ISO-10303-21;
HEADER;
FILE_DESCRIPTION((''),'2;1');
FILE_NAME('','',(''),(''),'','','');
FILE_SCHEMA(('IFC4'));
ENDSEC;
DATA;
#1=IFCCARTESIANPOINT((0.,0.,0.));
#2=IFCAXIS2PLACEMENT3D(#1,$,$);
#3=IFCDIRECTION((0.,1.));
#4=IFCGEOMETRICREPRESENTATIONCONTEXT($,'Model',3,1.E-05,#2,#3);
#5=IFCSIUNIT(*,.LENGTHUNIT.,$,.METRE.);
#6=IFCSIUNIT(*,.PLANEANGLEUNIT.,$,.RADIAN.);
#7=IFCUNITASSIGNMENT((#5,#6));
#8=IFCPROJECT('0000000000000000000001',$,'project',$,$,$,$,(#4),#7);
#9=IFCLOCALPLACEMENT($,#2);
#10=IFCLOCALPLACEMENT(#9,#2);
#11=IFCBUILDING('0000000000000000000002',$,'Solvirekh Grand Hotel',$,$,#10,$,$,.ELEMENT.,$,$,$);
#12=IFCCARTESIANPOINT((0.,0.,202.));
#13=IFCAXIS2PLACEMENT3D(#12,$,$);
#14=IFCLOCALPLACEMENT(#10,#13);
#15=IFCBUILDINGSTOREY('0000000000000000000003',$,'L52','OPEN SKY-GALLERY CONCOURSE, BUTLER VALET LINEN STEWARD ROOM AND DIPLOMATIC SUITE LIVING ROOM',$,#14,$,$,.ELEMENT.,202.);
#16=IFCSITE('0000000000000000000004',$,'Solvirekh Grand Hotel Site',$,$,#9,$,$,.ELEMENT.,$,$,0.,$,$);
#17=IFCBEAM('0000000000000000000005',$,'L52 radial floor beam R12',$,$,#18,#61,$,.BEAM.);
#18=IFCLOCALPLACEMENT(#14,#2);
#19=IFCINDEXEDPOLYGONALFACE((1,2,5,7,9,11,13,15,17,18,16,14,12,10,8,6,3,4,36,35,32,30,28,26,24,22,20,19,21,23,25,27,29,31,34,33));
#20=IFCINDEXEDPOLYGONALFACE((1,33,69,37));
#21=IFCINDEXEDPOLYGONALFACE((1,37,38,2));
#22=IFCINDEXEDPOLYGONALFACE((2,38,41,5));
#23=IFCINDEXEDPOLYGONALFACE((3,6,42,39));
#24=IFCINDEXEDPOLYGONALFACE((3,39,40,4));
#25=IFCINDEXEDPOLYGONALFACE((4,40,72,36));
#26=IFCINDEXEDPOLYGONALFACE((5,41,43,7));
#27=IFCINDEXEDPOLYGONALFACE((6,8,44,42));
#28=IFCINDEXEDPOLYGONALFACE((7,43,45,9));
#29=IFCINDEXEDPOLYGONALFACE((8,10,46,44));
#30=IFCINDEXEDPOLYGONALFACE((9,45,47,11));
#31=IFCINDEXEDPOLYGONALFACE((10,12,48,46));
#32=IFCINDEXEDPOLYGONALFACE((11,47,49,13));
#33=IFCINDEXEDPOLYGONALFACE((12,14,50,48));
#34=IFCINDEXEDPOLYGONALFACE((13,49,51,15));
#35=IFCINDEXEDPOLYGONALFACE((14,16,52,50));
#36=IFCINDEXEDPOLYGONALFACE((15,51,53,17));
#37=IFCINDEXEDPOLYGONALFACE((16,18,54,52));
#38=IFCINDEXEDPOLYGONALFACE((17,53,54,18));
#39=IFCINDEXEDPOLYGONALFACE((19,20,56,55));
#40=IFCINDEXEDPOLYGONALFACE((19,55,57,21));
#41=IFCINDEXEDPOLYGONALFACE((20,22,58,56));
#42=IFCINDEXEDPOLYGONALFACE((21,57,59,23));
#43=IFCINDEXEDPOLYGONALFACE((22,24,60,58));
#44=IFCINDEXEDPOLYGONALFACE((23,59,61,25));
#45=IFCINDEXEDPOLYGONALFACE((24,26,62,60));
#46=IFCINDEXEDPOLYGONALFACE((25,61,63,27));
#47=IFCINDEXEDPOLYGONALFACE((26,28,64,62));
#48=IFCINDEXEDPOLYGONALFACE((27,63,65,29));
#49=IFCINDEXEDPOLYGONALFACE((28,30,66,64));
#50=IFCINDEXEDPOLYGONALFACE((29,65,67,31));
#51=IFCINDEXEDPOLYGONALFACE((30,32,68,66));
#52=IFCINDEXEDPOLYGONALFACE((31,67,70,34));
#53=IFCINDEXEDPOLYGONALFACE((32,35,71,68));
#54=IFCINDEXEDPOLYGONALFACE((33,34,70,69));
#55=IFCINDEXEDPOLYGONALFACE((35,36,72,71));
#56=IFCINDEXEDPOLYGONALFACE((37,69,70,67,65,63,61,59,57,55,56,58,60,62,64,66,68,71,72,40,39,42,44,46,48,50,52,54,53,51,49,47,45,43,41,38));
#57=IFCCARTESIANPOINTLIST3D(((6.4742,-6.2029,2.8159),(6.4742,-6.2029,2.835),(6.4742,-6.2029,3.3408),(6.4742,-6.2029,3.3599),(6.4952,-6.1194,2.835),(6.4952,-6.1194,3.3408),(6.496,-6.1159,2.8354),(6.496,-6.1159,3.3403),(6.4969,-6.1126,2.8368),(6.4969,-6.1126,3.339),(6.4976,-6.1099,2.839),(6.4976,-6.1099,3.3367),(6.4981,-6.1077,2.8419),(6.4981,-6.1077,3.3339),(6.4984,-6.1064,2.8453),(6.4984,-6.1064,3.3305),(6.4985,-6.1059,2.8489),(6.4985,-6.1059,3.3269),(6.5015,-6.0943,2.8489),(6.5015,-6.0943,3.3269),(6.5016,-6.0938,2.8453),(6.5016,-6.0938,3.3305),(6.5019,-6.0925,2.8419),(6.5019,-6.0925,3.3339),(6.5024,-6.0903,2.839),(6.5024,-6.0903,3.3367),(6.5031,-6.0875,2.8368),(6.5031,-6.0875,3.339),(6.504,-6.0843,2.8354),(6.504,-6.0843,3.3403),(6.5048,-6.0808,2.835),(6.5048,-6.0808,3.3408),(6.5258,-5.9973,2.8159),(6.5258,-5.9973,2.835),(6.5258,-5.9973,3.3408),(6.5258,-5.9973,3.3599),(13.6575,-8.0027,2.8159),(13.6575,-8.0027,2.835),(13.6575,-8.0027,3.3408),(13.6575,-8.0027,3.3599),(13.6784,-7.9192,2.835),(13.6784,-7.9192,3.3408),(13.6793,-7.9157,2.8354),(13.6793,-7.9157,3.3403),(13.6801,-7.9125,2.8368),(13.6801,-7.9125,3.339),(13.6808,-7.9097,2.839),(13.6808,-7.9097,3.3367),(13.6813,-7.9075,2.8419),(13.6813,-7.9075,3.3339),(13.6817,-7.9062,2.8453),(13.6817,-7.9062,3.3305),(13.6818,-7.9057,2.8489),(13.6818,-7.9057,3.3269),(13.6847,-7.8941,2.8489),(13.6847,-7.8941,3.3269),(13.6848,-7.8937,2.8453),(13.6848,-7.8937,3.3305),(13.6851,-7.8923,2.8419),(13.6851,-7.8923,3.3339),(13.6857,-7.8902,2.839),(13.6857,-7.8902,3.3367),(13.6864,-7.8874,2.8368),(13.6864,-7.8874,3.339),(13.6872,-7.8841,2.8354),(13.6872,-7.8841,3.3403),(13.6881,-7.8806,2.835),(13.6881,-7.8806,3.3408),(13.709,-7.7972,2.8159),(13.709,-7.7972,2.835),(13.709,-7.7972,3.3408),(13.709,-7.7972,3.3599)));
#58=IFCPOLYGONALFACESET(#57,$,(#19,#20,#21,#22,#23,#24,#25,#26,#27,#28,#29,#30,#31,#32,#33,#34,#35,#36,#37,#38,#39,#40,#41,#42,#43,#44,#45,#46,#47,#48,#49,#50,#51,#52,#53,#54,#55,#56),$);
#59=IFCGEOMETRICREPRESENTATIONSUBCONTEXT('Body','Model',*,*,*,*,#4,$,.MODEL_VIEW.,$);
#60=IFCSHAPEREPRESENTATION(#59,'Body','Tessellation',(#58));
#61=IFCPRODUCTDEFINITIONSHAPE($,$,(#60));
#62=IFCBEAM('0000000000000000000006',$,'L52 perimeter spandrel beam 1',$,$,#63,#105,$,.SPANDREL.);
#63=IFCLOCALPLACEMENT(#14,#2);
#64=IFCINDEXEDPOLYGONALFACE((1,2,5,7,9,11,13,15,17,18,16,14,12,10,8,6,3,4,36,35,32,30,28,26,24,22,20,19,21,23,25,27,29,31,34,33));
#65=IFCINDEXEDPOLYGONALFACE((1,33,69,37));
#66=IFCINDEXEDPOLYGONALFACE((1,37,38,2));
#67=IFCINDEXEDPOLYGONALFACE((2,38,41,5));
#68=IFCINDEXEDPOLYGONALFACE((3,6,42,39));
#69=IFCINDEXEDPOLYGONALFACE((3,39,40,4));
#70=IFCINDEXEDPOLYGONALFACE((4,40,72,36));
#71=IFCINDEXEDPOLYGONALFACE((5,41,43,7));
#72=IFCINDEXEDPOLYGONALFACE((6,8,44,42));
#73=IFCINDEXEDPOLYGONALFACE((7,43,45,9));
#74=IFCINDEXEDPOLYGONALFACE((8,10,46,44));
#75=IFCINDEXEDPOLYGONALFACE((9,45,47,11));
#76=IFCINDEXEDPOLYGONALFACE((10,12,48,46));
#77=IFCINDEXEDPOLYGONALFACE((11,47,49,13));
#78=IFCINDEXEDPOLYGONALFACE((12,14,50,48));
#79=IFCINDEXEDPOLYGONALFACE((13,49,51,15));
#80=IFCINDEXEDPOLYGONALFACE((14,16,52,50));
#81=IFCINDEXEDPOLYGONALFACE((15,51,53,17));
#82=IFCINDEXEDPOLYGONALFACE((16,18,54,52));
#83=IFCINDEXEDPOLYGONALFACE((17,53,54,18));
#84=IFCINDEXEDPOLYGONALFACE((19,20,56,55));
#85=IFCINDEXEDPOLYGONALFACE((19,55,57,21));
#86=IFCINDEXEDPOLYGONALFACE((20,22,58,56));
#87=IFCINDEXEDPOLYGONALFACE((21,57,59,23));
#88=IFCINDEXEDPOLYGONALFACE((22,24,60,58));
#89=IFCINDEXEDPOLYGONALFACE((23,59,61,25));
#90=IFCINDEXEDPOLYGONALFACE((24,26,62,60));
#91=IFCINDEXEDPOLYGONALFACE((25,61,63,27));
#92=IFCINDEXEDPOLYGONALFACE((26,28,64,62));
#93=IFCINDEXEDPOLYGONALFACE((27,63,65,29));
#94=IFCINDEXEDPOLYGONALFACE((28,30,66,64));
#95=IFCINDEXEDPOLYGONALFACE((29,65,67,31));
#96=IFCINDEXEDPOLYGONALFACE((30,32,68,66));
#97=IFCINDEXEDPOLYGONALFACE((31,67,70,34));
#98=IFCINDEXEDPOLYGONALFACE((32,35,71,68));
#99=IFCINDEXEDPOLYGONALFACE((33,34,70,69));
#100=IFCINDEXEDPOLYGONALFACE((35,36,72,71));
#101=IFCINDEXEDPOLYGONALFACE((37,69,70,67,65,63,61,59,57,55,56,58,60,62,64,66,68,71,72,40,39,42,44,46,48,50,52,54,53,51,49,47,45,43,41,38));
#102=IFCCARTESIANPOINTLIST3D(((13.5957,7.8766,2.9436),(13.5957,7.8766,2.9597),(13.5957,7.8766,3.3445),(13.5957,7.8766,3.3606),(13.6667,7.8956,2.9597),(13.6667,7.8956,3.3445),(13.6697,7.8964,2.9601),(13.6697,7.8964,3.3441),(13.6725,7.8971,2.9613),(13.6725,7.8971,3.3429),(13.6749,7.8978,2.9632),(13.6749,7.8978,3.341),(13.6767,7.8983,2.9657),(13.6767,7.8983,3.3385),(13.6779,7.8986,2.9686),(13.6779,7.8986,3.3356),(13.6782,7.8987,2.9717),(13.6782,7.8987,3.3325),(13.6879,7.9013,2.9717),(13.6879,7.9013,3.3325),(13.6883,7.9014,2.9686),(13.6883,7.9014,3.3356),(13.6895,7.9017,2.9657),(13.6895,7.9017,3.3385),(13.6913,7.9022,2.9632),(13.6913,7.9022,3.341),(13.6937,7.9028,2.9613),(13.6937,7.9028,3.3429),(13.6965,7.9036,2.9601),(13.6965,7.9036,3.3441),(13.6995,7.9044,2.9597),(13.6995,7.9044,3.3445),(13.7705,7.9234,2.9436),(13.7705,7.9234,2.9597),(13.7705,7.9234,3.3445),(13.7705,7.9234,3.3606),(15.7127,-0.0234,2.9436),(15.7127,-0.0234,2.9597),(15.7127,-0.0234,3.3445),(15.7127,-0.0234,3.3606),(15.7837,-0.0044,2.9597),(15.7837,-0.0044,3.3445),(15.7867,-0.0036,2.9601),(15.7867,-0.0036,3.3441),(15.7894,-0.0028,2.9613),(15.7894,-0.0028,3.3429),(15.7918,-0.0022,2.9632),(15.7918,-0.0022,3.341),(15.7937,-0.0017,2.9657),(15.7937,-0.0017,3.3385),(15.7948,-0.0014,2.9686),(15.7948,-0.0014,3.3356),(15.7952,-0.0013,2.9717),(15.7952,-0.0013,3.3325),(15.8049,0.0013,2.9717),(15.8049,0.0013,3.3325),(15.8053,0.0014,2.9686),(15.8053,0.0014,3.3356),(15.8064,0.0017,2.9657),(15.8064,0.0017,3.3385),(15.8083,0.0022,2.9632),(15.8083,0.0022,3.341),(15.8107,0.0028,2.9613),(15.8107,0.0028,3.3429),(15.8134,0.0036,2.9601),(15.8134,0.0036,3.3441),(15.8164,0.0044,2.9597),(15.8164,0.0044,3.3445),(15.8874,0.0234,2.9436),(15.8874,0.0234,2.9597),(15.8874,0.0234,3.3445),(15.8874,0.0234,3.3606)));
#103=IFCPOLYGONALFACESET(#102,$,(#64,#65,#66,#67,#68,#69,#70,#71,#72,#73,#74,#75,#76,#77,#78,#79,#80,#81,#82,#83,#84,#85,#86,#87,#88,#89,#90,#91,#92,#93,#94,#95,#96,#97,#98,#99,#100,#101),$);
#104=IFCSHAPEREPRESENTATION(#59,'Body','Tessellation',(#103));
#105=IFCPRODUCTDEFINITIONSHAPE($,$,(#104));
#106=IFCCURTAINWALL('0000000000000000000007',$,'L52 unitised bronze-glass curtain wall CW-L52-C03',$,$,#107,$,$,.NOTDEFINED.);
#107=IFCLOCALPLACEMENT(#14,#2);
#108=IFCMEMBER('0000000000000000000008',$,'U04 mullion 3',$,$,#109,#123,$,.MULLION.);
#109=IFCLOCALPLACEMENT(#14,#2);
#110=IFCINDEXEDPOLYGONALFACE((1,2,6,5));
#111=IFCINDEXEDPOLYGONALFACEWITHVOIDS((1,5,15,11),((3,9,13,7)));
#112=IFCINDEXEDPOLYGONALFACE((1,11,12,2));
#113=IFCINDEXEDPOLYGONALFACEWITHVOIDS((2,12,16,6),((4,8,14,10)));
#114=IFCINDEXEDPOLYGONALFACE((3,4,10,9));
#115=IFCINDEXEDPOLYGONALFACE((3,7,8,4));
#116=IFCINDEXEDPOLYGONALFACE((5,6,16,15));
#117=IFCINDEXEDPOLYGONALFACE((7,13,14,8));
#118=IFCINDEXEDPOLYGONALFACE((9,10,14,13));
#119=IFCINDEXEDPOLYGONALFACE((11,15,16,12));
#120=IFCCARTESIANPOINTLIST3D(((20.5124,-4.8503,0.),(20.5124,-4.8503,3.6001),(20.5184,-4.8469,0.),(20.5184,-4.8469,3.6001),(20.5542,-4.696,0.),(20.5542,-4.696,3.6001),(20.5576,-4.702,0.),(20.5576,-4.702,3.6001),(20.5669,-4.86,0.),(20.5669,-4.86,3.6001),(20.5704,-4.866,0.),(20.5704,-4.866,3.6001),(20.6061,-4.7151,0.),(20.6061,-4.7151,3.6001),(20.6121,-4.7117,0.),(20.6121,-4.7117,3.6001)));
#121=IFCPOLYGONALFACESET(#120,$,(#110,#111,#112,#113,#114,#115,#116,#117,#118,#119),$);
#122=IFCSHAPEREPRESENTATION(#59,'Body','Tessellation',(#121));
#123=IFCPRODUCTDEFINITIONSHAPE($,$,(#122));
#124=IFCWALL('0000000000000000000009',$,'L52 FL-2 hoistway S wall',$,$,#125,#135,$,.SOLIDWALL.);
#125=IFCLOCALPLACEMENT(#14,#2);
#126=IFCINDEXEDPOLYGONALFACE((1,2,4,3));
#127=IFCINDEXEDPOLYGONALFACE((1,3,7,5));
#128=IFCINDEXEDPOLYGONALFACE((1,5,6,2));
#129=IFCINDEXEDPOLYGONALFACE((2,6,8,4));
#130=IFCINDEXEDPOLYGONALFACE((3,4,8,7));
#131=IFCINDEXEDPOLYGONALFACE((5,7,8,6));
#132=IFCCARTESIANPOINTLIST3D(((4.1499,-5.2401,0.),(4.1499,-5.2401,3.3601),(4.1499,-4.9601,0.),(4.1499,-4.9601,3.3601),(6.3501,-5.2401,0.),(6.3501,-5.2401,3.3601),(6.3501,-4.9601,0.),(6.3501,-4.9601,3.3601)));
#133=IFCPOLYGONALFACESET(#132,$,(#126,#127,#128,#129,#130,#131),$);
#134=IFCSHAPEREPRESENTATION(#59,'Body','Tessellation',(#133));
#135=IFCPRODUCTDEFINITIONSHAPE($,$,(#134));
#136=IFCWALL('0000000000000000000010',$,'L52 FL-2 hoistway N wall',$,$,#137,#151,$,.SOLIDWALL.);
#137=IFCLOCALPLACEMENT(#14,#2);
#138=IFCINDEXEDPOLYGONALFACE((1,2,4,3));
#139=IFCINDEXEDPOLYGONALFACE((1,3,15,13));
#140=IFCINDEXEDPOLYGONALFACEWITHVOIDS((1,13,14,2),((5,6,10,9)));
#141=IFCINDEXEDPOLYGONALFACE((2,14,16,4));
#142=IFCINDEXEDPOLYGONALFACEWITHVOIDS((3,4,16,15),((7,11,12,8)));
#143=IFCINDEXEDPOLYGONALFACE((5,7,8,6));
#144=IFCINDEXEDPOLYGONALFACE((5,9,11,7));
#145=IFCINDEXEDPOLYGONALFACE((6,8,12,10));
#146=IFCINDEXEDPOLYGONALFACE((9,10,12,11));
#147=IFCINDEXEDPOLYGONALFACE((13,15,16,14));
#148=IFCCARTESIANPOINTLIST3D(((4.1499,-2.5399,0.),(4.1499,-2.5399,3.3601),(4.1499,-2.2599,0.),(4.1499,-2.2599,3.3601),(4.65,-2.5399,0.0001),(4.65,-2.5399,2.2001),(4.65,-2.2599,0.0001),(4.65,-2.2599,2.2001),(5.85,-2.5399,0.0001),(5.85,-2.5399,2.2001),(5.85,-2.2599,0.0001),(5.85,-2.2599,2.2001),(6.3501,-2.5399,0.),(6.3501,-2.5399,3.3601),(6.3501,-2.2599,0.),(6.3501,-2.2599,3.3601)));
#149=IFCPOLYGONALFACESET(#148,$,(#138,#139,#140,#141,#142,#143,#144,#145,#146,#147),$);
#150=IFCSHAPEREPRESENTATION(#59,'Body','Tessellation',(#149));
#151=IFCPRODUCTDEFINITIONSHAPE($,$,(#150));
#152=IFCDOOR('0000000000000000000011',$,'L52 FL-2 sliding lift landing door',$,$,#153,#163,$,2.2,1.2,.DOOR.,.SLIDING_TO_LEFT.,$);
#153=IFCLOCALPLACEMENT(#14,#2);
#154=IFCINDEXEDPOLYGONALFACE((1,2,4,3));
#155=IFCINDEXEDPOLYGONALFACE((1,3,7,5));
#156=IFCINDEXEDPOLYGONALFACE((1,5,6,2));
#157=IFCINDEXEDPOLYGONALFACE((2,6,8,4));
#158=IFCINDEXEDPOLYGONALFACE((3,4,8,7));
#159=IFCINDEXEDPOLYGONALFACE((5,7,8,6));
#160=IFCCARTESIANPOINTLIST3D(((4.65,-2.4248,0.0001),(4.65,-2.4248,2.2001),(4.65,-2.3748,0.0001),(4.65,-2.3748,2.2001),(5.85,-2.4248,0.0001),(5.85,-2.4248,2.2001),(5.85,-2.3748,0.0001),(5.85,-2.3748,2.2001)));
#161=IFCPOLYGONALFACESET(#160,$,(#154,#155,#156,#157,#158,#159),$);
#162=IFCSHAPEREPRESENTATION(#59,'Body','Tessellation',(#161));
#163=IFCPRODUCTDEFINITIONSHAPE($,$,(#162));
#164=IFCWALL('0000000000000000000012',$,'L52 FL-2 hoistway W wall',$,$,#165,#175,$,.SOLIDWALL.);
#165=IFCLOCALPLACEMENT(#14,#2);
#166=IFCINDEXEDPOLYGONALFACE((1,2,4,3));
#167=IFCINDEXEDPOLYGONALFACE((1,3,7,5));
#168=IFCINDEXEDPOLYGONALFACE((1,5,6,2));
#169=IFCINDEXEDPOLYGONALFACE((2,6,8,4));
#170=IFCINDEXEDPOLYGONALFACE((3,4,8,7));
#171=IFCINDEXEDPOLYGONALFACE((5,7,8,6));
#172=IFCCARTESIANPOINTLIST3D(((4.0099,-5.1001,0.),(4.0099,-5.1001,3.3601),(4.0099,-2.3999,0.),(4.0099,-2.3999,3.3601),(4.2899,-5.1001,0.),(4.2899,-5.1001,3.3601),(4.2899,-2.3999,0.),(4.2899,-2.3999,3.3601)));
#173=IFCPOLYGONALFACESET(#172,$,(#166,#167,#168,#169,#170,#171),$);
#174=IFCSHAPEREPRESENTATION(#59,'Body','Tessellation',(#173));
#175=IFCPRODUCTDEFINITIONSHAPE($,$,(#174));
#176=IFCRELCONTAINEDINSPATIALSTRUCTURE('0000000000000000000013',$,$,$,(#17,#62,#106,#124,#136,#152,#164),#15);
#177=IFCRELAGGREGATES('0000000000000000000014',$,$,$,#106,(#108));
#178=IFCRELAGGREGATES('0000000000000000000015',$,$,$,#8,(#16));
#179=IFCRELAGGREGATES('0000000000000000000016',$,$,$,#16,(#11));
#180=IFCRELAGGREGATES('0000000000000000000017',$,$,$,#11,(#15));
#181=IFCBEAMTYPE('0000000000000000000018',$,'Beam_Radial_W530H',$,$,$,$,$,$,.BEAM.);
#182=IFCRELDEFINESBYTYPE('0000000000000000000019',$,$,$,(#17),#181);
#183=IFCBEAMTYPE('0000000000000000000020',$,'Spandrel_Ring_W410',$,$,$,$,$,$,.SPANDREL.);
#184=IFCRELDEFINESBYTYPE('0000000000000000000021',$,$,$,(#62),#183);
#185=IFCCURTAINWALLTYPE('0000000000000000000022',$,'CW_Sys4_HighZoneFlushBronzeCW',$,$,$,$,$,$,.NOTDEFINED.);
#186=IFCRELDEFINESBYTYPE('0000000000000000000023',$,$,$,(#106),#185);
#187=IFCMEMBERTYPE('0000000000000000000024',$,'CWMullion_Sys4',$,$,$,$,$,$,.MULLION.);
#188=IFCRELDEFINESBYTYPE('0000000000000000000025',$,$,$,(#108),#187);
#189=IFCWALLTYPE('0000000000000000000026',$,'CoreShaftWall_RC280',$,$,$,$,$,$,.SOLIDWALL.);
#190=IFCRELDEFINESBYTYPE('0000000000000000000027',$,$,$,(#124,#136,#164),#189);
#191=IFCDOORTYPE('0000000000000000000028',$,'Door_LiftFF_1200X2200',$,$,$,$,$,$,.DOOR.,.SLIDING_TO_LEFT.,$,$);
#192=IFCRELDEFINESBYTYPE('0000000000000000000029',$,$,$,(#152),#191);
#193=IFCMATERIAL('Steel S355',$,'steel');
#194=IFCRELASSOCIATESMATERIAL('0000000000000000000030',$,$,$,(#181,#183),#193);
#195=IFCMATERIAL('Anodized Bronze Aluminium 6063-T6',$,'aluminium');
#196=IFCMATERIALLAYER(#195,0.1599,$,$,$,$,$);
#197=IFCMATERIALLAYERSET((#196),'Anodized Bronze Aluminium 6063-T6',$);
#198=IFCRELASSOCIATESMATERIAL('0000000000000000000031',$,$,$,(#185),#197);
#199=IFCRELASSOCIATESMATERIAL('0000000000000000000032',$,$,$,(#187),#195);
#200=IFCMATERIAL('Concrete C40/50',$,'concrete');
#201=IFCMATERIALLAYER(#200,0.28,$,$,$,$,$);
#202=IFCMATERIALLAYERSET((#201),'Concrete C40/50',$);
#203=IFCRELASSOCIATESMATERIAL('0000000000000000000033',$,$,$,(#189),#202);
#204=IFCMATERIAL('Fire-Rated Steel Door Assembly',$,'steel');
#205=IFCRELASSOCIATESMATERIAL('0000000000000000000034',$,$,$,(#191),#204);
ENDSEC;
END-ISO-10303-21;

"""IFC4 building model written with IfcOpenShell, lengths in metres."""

from ifc_helpers import new_model, si_unit, direction, frame, frame_2d, origin, origin_2d, place, context, subcontext, project, spatial, rectangle, hollow_rectangle, i_section, extrude, source, transform, mapped, material, layer, layer_set, material_profile, profile_set, type_object, element, fill, aggregate, save


model = new_model("IFC4")

# Units and contexts
model_context = context("Model", 3, precision=1e-05, world=origin(), true_north=direction((0.0, 1.0)))
body_context = subcontext(model_context, "Body", "Model", "MODEL_VIEW")
ifc_project = project(units=[si_unit("LENGTHUNIT", "METRE"), si_unit("PLANEANGLEUNIT", "RADIAN")], contexts=[model_context])

# Site, building, storey
site_placement = place(None, origin())
site = spatial("IfcSite", under=ifc_project, at=site_placement, Name="Solvirekh Grand Hotel Site", CompositionType="ELEMENT", RefElevation=0.0)
building_placement = place(site_placement, origin())
building = spatial("IfcBuilding", under=site, at=building_placement, Name="Solvirekh Grand Hotel", CompositionType="ELEMENT")
storey_placement = place(building_placement, frame((0.0, 0.0, 202.0)))
storey = spatial("IfcBuildingStorey", under=building, at=storey_placement, Name="L52", Description="OPEN SKY-GALLERY CONCOURSE, BUTLER VALET LINEN STEWARD ROOM AND DIPLOMATIC SUITE LIVING ROOM", CompositionType="ELEMENT", Elevation=202.0)

# Beams
ifc_material_1 = material(Name="Steel S355", Category="steel")
ifc_material_profile_1 = material_profile(ifc_material_1, i_section(OverallWidth=0.2119, OverallDepth=0.5439, WebThickness=0.012, FlangeThickness=0.019, FilletRadius=0.0139, at=origin_2d()), Name="W530X123")
ifc_profile_set_1 = profile_set([ifc_material_profile_1], Name="Steel S355")
beam_type_1 = type_object("IfcBeamType", Name="Beam_Radial_W530H", PredefinedType="BEAM", material=ifc_profile_set_1)
beam_1_placement = place(storey_placement, frame((6.5, -6.1001, 3.0879), z_axis=(0.970014, -0.243048, 0.0), x_axis=(0.243048, 0.970014, 0.0)))
element("IfcBeam", 1, at=beam_1_placement, inside=storey, type_object=beam_type_1, Name="L52 radial floor beam R12", PredefinedType="BEAM", context=body_context, shape_type="SweptSolid", body=[
    extrude(i_section(OverallWidth=0.2119, OverallDepth=0.5439, WebThickness=0.012, FlangeThickness=0.019, FilletRadius=0.0139, at=origin_2d()), origin(), (0.0, 0.0, 1.0), 7.4053),
])
ifc_material_profile_2 = material_profile(ifc_material_1, i_section(OverallWidth=0.1809, OverallDepth=0.417, WebThickness=0.01, FlangeThickness=0.0161, FilletRadius=0.012, at=origin_2d()), Name="W410X85")
ifc_profile_set_2 = profile_set([ifc_material_profile_2], Name="Steel S355")
beam_type_2 = type_object("IfcBeamType", Name="Spandrel_Ring_W410", PredefinedType="SPANDREL", material=ifc_profile_set_2)
beam_2_placement = place(storey_placement, frame((15.8, 0.0, 3.1521), z_axis=(-0.258839, 0.965921, 0.0), x_axis=(-0.965921, -0.258839, 0.0)))
element("IfcBeam", 2, at=beam_2_placement, inside=storey, type_object=beam_type_2, Name="L52 perimeter spandrel beam 1", PredefinedType="SPANDREL", context=body_context, shape_type="SweptSolid", body=[
    extrude(i_section(OverallWidth=0.1809, OverallDepth=0.417, WebThickness=0.01, FlangeThickness=0.0161, FilletRadius=0.012, at=origin_2d()), origin(), (0.0, 0.0, 1.0), 8.1787),
])

# Curtain wall, member
ifc_material_2 = material(Name="Anodized Bronze Aluminium 6063-T6", Category="aluminium")
ifc_layer_1 = layer(ifc_material_2, 0.1599)
ifc_layer_set_1 = layer_set([ifc_layer_1], Name="Anodized Bronze Aluminium 6063-T6")
curtain_wall_type = type_object("IfcCurtainWallType", Name="CW_Sys4_HighZoneFlushBronzeCW", PredefinedType="NOTDEFINED", material=ifc_layer_set_1)
curtain_wall_placement = place(storey_placement, origin())
curtain_wall = element("IfcCurtainWall", 3, at=curtain_wall_placement, inside=storey, type_object=curtain_wall_type, Name="L52 unitised bronze-glass curtain wall CW-L52-C03", PredefinedType="NOTDEFINED")
ifc_material_profile_3 = material_profile(ifc_material_2, hollow_rectangle(XDim=0.0601, YDim=0.1599, WallThickness=0.0049, at=origin_2d()), Name="ALU RHS 160X60X5")
ifc_profile_set_3 = profile_set([ifc_material_profile_3], Name="Anodized Bronze Aluminium 6063-T6")
member_type = type_object("IfcMemberType", Name="CWMullion_Sys4", PredefinedType="MULLION", material=ifc_profile_set_3)
shared_shape = source(origin(), body_context, "Body", "SweptSolid", [
    extrude(hollow_rectangle(XDim=0.0601, YDim=0.1599, WallThickness=0.0049, at=origin_2d()), origin(), (0.0, 0.0, 1.0), 3.6001),
])
member_placement = place(storey_placement, frame((20.5623, -4.781, 0.0), z_axis=(0.0, 0.0, 1.0), x_axis=(-0.965286, 0.261197, 0.0)))
member = element("IfcMember", 4, at=member_placement, type_object=member_type, Name="U04 mullion 3", PredefinedType="MULLION", context=body_context, shape_type="MappedRepresentation", body=[
    mapped(shared_shape, transform((0.0, 0.0, 0.0), x_axis=(1.0, 0.0, 0.0), y_axis=(0.0, 1.0, 0.0), z_axis=(0.0, 0.0, 1.0), scale=1.0)),
])
aggregate(curtain_wall, [member])

# Wall
ifc_material_3 = material(Name="Concrete C40/50", Category="concrete")
ifc_layer_2 = layer(ifc_material_3, 0.28)
ifc_layer_set_2 = layer_set([ifc_layer_2], Name="Concrete C40/50")
wall_type_1 = type_object("IfcWallType", Name="CoreShaftWall_RC280", PredefinedType="SOLIDWALL", material=ifc_layer_set_2)
wall_1_placement = place(storey_placement, frame((4.1499, -5.1001, 0.0), z_axis=(0.0, 0.0, 1.0), x_axis=(1.0, 0.0, 0.0)))
element("IfcWall", 5, at=wall_1_placement, inside=storey, type_object=wall_type_1, Name="L52 FL-2 hoistway S wall", PredefinedType="SOLIDWALL", context=body_context, shape_type="SweptSolid", body=[
    extrude(rectangle(XDim=2.2002, YDim=0.28, at=frame_2d((1.1001, 0.0))), origin(), (0.0, 0.0, 1.0), 3.3601),
])

# Wall, opening, door
wall_2_placement = place(storey_placement, frame((6.3501, -2.3999, 0.0), z_axis=(0.0, 0.0, 1.0), x_axis=(-1.0, 0.0, 0.0)))
wall_2 = element("IfcWall", 6, at=wall_2_placement, inside=storey, type_object=wall_type_1, Name="L52 FL-2 hoistway N wall", PredefinedType="SOLIDWALL", context=body_context, shape_type="SweptSolid", body=[
    extrude(rectangle(XDim=2.2002, YDim=0.28, at=frame_2d((1.1001, 0.0))), origin(), (0.0, 0.0, 1.0), 3.3601),
])
opening_1_placement = place(wall_2_placement, frame((0.5, 0.0, 0.0)))
opening_1 = element("IfcOpeningElement", 7, at=opening_1_placement, cuts=wall_2, PredefinedType="OPENING", context=body_context, shape_type="SweptSolid", body=[
    extrude(rectangle(XDim=1.2, YDim=2.2, at=frame_2d((0.6001, 1.1001))), frame((0.0, 0.1499, 0.0), z_axis=(0.0, -1.0, 0.0), x_axis=(1.0, 0.0, 0.0)), (0.0, 0.0, 1.0), 0.3),
])
ifc_material_4 = material(Name="Fire-Rated Steel Door Assembly", Category="steel")
door_type_1 = type_object("IfcDoorType", Name="Door_LiftFF_1200X2200", OperationType="SLIDING_TO_LEFT", PredefinedType="DOOR", material=ifc_material_4)
door_1_placement = place(opening_1_placement, origin())
door_1 = element("IfcDoor", 8, at=door_1_placement, inside=storey, type_object=door_type_1, Name="L52 FL-2 sliding lift landing door", OperationType="SLIDING_TO_LEFT", OverallHeight=2.2, OverallWidth=1.2, PredefinedType="DOOR", context=body_context, shape_type="SweptSolid", body=[
    extrude(rectangle(XDim=1.2, YDim=2.2, at=frame_2d((0.6001, 1.1001))), frame((0.0, 0.0249, 0.0), z_axis=(0.0, -1.0, 0.0), x_axis=(1.0, 0.0, 0.0)), (0.0, 0.0, 1.0), 0.05),
])
fill(opening_1, door_1)

# Wall
wall_3_placement = place(storey_placement, frame((4.1499, -2.3999, 0.0), z_axis=(0.0, 0.0, 1.0), x_axis=(0.0, -1.0, 0.0)))
element("IfcWall", 9, at=wall_3_placement, inside=storey, type_object=wall_type_1, Name="L52 FL-2 hoistway W wall", PredefinedType="SOLIDWALL", context=body_context, shape_type="SweptSolid", body=[
    extrude(rectangle(XDim=2.7002, YDim=0.28, at=frame_2d((1.3501, 0.0))), origin(), (0.0, 0.0, 1.0), 3.3601),
])

save(model, "model.ifc")
